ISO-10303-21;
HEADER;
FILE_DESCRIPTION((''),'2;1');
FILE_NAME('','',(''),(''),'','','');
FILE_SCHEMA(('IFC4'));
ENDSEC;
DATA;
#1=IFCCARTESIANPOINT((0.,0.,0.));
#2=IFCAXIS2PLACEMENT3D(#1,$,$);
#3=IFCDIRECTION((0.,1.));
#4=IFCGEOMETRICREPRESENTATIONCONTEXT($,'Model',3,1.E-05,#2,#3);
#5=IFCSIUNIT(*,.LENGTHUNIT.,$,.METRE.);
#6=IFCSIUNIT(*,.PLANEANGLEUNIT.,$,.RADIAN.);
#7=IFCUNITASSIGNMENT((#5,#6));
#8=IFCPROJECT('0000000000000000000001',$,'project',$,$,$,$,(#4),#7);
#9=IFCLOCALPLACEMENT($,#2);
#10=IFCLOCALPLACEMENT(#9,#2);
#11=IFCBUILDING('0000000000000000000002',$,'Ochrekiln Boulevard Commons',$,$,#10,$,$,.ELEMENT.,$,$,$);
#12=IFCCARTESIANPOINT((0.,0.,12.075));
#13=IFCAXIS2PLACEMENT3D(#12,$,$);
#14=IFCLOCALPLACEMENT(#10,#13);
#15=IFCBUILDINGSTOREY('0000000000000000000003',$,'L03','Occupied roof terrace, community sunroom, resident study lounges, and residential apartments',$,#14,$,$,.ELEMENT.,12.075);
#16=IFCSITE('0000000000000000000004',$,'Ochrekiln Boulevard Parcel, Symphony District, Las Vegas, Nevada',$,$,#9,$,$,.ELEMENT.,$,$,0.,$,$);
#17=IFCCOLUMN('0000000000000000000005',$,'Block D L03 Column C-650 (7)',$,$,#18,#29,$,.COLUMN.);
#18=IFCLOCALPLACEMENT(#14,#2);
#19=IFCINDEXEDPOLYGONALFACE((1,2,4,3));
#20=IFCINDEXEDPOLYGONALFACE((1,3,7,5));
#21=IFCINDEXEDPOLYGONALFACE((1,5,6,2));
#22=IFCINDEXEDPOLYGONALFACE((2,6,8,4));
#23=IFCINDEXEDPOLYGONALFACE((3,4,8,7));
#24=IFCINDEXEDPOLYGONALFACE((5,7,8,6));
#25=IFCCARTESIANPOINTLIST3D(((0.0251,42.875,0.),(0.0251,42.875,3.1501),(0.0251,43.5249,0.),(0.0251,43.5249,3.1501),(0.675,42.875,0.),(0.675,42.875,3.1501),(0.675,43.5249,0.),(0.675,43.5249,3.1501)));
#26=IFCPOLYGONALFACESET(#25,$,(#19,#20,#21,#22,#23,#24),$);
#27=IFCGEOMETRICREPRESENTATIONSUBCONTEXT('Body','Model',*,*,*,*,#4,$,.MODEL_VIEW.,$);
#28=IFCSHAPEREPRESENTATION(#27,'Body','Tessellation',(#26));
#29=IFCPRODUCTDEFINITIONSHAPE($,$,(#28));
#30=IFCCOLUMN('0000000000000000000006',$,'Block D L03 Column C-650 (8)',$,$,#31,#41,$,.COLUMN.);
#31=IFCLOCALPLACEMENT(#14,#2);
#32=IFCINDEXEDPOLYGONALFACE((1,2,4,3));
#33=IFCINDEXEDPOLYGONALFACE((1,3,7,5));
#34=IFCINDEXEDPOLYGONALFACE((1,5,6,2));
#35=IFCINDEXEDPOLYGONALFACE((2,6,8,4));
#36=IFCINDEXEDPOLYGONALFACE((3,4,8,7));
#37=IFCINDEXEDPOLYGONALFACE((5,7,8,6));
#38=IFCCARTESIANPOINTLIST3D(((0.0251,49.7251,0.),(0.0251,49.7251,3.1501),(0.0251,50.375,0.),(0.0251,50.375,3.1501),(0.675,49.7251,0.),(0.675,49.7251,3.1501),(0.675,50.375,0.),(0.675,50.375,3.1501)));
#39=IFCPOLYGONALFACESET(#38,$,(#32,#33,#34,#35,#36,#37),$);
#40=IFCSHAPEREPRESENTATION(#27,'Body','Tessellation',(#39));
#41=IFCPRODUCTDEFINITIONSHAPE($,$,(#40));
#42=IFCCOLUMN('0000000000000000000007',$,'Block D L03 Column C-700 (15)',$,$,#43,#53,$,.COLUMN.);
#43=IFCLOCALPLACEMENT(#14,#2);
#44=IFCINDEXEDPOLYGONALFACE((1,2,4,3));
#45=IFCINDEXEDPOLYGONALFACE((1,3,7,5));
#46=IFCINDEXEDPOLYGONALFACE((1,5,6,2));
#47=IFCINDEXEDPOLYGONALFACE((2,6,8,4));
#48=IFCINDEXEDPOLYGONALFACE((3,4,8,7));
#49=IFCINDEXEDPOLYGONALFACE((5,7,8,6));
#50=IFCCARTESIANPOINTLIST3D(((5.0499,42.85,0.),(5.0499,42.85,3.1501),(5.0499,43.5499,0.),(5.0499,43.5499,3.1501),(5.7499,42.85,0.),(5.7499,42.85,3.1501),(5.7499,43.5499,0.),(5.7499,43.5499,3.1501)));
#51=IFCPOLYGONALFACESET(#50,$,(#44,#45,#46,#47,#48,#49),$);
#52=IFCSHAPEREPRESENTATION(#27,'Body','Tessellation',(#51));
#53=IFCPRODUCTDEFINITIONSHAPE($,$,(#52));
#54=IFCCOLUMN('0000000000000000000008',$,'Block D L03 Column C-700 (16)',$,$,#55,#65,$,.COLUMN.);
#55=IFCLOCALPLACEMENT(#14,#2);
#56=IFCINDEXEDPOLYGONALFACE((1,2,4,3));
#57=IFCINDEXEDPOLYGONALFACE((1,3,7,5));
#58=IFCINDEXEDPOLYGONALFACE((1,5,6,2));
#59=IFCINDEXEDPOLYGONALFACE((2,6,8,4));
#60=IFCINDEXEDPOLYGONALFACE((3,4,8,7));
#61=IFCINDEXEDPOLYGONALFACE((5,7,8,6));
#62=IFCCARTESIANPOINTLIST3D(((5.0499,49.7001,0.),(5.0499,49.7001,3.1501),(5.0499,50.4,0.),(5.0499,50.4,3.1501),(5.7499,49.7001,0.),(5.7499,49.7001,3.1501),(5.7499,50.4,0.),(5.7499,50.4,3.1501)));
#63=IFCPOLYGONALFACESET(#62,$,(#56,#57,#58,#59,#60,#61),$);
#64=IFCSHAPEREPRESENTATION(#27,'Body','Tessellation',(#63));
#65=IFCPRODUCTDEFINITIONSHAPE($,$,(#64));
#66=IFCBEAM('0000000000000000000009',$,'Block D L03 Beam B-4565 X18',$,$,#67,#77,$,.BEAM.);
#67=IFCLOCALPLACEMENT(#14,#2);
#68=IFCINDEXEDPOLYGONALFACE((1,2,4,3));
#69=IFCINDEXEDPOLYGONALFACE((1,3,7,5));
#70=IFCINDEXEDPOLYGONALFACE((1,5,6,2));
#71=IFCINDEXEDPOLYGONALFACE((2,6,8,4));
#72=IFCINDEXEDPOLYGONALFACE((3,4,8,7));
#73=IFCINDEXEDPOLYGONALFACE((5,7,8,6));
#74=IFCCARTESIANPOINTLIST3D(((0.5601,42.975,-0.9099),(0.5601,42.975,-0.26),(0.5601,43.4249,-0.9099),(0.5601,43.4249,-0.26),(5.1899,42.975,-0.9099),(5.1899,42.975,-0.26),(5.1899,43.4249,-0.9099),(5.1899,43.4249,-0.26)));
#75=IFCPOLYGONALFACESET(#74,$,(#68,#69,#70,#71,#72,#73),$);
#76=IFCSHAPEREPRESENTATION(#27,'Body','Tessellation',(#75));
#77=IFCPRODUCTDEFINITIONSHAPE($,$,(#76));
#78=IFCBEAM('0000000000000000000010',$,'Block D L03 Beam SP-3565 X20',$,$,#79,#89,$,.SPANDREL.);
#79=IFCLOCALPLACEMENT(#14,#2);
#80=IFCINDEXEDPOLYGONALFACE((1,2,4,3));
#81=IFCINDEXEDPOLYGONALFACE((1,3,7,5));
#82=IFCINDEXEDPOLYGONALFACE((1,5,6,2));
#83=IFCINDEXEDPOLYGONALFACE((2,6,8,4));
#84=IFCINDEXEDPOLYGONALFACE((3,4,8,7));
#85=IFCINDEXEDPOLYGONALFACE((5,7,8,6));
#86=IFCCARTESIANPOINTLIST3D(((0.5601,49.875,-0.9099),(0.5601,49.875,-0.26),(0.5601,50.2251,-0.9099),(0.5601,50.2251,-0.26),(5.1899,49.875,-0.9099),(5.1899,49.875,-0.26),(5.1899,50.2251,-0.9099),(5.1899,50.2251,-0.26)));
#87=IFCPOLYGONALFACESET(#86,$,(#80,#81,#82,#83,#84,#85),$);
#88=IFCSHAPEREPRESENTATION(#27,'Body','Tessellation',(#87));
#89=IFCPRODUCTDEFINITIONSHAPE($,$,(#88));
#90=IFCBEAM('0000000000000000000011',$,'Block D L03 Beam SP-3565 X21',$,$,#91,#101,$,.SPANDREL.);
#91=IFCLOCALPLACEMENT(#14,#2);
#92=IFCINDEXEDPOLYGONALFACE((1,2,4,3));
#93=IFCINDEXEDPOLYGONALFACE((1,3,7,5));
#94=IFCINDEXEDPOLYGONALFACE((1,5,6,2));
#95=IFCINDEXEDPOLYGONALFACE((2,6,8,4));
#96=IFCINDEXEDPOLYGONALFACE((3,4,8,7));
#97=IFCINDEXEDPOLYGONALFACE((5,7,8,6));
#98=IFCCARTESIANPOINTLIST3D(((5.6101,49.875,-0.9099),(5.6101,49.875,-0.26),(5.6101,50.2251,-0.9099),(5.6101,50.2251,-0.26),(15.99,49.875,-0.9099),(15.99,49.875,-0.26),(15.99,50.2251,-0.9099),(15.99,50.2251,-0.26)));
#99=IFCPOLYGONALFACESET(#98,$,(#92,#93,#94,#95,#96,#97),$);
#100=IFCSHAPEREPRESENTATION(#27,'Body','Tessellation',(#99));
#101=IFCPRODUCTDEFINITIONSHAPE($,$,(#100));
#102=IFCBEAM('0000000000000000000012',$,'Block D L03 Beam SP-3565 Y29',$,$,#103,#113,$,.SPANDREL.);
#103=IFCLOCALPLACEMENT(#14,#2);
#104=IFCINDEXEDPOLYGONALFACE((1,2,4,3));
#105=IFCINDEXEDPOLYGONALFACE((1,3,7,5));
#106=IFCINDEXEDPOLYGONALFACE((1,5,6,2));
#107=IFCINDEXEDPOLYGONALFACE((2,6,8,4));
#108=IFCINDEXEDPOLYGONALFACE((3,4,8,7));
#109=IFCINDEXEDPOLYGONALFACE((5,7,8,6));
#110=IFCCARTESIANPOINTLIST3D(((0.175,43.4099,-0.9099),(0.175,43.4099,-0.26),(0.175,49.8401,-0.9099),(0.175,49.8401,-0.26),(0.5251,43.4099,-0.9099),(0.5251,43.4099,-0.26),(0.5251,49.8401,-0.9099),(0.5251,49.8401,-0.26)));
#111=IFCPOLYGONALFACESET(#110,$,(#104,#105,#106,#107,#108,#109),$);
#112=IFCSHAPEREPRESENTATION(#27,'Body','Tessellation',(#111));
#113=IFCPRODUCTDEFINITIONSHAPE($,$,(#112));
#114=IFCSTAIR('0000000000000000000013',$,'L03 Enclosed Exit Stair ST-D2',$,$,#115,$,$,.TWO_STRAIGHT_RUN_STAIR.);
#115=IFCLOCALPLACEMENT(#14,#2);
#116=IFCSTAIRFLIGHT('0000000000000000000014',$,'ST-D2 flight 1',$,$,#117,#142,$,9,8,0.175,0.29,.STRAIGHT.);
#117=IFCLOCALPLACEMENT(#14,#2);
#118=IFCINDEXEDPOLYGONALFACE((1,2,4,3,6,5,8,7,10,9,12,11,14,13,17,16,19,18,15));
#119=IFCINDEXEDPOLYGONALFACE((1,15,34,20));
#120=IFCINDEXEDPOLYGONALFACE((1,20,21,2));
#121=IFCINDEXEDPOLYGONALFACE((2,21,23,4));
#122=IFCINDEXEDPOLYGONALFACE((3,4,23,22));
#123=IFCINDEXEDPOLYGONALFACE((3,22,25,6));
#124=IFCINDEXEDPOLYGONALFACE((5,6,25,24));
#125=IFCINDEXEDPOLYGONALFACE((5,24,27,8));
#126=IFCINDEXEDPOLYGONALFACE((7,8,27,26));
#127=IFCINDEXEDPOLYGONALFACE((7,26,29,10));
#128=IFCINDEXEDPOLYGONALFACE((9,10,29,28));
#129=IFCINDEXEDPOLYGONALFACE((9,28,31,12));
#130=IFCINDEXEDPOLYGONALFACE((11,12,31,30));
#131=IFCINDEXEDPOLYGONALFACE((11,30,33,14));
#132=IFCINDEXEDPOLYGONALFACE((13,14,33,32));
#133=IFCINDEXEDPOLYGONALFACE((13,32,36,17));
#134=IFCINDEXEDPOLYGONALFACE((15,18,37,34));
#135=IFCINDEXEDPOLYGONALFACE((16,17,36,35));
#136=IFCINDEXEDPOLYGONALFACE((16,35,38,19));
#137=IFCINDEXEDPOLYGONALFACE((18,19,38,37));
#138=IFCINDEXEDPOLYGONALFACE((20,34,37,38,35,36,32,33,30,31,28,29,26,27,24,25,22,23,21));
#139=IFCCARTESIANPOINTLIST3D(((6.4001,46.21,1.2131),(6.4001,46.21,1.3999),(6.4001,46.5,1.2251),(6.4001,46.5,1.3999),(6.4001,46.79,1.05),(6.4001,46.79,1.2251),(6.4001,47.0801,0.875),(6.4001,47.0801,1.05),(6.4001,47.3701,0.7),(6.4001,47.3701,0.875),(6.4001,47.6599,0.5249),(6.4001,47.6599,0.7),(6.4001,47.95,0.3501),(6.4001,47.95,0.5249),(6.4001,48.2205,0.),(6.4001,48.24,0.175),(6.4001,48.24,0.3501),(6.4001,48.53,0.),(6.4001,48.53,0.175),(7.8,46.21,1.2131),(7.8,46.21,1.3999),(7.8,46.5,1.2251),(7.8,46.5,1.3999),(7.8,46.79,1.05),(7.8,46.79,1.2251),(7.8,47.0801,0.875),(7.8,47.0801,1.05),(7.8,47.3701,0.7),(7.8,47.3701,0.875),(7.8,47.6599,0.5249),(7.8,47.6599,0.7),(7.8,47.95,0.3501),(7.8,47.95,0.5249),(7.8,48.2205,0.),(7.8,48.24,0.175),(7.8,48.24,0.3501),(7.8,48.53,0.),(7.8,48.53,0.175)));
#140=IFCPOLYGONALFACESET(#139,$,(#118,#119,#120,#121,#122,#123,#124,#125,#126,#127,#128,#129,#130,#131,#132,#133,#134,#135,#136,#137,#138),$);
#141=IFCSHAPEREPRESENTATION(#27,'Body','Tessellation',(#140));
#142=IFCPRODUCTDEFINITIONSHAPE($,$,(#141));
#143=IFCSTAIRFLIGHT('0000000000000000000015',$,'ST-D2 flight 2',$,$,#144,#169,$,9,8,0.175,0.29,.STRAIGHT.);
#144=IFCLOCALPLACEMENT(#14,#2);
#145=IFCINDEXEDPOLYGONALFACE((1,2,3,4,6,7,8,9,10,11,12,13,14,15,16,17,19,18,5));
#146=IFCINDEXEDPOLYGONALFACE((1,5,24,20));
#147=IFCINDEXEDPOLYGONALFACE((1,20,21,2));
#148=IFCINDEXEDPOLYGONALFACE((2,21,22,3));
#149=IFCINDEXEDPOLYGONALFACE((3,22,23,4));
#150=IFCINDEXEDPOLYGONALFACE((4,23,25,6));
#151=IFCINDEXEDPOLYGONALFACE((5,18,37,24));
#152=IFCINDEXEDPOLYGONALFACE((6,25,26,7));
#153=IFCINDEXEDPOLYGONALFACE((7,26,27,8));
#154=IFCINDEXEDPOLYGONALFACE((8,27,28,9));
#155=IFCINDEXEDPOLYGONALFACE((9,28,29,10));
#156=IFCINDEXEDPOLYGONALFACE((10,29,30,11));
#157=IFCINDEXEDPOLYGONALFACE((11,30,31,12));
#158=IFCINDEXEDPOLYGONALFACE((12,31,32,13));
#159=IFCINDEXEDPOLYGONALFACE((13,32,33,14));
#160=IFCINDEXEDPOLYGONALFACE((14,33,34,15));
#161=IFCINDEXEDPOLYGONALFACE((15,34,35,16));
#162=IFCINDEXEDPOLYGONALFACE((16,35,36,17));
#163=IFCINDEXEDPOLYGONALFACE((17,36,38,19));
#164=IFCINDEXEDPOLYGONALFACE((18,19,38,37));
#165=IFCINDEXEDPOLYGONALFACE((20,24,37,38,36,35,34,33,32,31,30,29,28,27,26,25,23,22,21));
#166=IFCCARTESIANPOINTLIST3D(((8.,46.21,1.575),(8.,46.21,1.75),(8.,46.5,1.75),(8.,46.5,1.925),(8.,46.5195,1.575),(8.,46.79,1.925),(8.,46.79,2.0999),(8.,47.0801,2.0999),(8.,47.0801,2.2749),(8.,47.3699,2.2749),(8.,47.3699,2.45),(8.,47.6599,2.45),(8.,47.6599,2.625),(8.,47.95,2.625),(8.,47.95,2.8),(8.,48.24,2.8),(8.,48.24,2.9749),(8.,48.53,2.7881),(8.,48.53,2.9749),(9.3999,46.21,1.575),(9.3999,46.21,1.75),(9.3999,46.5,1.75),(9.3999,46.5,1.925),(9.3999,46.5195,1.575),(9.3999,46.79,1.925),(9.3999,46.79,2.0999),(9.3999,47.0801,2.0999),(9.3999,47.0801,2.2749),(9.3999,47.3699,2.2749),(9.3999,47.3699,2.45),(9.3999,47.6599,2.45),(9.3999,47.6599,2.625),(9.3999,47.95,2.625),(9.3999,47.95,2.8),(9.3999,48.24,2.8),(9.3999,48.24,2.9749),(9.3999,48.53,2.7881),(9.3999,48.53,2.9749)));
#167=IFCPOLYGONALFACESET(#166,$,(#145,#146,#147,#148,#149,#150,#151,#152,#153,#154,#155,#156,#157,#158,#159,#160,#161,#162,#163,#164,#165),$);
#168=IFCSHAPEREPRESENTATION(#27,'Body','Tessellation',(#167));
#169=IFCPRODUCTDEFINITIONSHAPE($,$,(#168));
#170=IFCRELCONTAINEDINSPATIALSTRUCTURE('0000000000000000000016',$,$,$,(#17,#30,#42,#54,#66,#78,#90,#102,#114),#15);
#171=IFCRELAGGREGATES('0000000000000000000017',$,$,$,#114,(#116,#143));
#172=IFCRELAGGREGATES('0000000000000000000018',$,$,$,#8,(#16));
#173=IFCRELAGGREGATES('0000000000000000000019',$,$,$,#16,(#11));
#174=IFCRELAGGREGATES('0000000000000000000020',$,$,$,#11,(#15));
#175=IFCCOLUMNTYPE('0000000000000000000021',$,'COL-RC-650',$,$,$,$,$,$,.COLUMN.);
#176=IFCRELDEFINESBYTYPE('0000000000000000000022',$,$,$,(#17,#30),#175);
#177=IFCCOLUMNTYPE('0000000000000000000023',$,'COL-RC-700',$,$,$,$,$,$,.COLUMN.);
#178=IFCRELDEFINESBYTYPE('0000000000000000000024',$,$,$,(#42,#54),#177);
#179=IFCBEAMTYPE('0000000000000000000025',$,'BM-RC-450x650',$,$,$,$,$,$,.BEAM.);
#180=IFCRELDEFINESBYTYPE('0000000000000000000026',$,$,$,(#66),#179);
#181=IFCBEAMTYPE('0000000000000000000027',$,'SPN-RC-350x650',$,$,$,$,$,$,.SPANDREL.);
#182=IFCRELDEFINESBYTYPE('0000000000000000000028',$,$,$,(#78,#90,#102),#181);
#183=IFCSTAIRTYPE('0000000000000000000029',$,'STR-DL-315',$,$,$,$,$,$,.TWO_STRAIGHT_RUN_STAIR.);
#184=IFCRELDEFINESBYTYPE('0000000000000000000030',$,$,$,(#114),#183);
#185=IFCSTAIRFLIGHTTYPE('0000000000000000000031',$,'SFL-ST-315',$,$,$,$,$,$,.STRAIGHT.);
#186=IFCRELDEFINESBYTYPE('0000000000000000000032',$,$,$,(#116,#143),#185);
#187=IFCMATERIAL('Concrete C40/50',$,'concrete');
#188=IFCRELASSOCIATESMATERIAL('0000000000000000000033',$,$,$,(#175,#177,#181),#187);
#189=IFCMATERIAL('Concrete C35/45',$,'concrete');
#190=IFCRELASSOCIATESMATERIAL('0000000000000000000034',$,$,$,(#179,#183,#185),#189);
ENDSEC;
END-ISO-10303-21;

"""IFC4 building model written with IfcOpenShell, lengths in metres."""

from ifc_helpers import new_model, si_unit, direction, frame, origin, origin_2d, place, context, subcontext, project, spatial, polyline, rectangle, outline, extrude, material, material_profile, profile_set, type_object, element, aggregate, save


model = new_model("IFC4")

# Units and contexts
model_context = context("Model", 3, precision=1e-05, world=origin(), true_north=direction((0.0, 1.0)))
body_context = subcontext(model_context, "Body", "Model", "MODEL_VIEW")
ifc_project = project(units=[si_unit("LENGTHUNIT", "METRE"), si_unit("PLANEANGLEUNIT", "RADIAN")], contexts=[model_context])

# Site, building, storey
site_placement = place(None, origin())
site = spatial("IfcSite", under=ifc_project, at=site_placement, Name="Ochrekiln Boulevard Parcel, Symphony District, Las Vegas, Nevada", CompositionType="ELEMENT", RefElevation=0.0)
building_placement = place(site_placement, origin())
building = spatial("IfcBuilding", under=site, at=building_placement, Name="Ochrekiln Boulevard Commons", CompositionType="ELEMENT")
storey_placement = place(building_placement, frame((0.0, 0.0, 12.075)))
storey = spatial("IfcBuildingStorey", under=building, at=storey_placement, Name="L03", Description="Occupied roof terrace, community sunroom, resident study lounges, and residential apartments", CompositionType="ELEMENT", Elevation=12.075)

# Columns
ifc_material_1 = material(Name="Concrete C40/50", Category="concrete")
ifc_material_profile_1 = material_profile(ifc_material_1, rectangle(XDim=0.6499, YDim=0.6499, at=origin_2d()), Name="RC-COL-650x650")
ifc_profile_set_1 = profile_set([ifc_material_profile_1], Name="Concrete C40/50")
column_type_1 = type_object("IfcColumnType", Name="COL-RC-650", PredefinedType="COLUMN", material=ifc_profile_set_1)
for number, where, z_axis, x_axis, name in (
    (1, (0.3501, 43.2, 0.0), (0.0, 0.0, 1.0), (1.0, 0.0, 0.0), "Block D L03 Column C-650 (7)"),
    (2, (0.3501, 50.05, 0.0), (0.0, 0.0, 1.0), (1.0, 0.0, 0.0), "Block D L03 Column C-650 (8)"),
):
    element("IfcColumn", number, at=place(storey_placement, frame(where, z_axis=z_axis, x_axis=x_axis)), inside=storey, type_object=column_type_1, Name=name, PredefinedType="COLUMN", context=body_context, shape_type="SweptSolid", body=[
        extrude(rectangle(XDim=0.6499, YDim=0.6499, at=origin_2d()), origin(), (0.0, 0.0, 1.0), 3.1501),
    ])
ifc_material_profile_2 = material_profile(ifc_material_1, rectangle(XDim=0.7, YDim=0.7, at=origin_2d()), Name="RC-COL-700x700")
ifc_profile_set_2 = profile_set([ifc_material_profile_2], Name="Concrete C40/50")
column_type_2 = type_object("IfcColumnType", Name="COL-RC-700", PredefinedType="COLUMN", material=ifc_profile_set_2)
for number, where, z_axis, x_axis, name in (
    (3, (5.3999, 43.2, 0.0), (0.0, 0.0, 1.0), (1.0, 0.0, 0.0), "Block D L03 Column C-700 (15)"),
    (4, (5.3999, 50.05, 0.0), (0.0, 0.0, 1.0), (1.0, 0.0, 0.0), "Block D L03 Column C-700 (16)"),
):
    element("IfcColumn", number, at=place(storey_placement, frame(where, z_axis=z_axis, x_axis=x_axis)), inside=storey, type_object=column_type_2, Name=name, PredefinedType="COLUMN", context=body_context, shape_type="SweptSolid", body=[
        extrude(rectangle(XDim=0.7, YDim=0.7, at=origin_2d()), origin(), (0.0, 0.0, 1.0), 3.1501),
    ])

# Beams
ifc_material_2 = material(Name="Concrete C35/45", Category="concrete")
ifc_material_profile_3 = material_profile(ifc_material_2, rectangle(XDim=0.45, YDim=0.6499, at=origin_2d()), Name="RC-BM-450x650")
ifc_profile_set_3 = profile_set([ifc_material_profile_3], Name="Concrete C35/45")
beam_type_1 = type_object("IfcBeamType", Name="BM-RC-450x650", PredefinedType="BEAM", material=ifc_profile_set_3)
beam_1_placement = place(storey_placement, frame((0.5601, 43.2, -0.585), z_axis=(1.0, 0.0, 0.0), x_axis=(0.0, 1.0, 0.0)))
element("IfcBeam", 5, at=beam_1_placement, inside=storey, type_object=beam_type_1, Name="Block D L03 Beam B-4565 X18", PredefinedType="BEAM", context=body_context, shape_type="SweptSolid", body=[
    extrude(rectangle(XDim=0.45, YDim=0.6499, at=origin_2d()), origin(), (0.0, 0.0, 1.0), 4.6299),
])
ifc_material_profile_4 = material_profile(ifc_material_1, rectangle(XDim=0.3501, YDim=0.6499, at=origin_2d()), Name="RC-SPN-350x650")
ifc_profile_set_4 = profile_set([ifc_material_profile_4], Name="Concrete C40/50")
beam_type_2 = type_object("IfcBeamType", Name="SPN-RC-350x650", PredefinedType="SPANDREL", material=ifc_profile_set_4)
beam_2_placement = place(storey_placement, frame((0.5601, 50.05, -0.585), z_axis=(1.0, 0.0, 0.0), x_axis=(0.0, 1.0, 0.0)))
element("IfcBeam", 6, at=beam_2_placement, inside=storey, type_object=beam_type_2, Name="Block D L03 Beam SP-3565 X20", PredefinedType="SPANDREL", context=body_context, shape_type="SweptSolid", body=[
    extrude(rectangle(XDim=0.3501, YDim=0.6499, at=origin_2d()), origin(), (0.0, 0.0, 1.0), 4.6299),
])
beam_3_placement = place(storey_placement, frame((5.6101, 50.05, -0.585), z_axis=(1.0, 0.0, 0.0), x_axis=(0.0, 1.0, 0.0)))
element("IfcBeam", 7, at=beam_3_placement, inside=storey, type_object=beam_type_2, Name="Block D L03 Beam SP-3565 X21", PredefinedType="SPANDREL", context=body_context, shape_type="SweptSolid", body=[
    extrude(rectangle(XDim=0.3501, YDim=0.6499, at=origin_2d()), origin(), (0.0, 0.0, 1.0), 10.3799),
])
beam_4_placement = place(storey_placement, frame((0.3501, 43.4099, -0.585), z_axis=(0.0, 1.0, 0.0), x_axis=(-1.0, 0.0, 0.0)))
element("IfcBeam", 8, at=beam_4_placement, inside=storey, type_object=beam_type_2, Name="Block D L03 Beam SP-3565 Y29", PredefinedType="SPANDREL", context=body_context, shape_type="SweptSolid", body=[
    extrude(rectangle(XDim=0.3501, YDim=0.6499, at=origin_2d()), origin(), (0.0, 0.0, 1.0), 6.4302),
])

# Stair, stair flights
stair_type = type_object("IfcStairType", Name="STR-DL-315", PredefinedType="TWO_STRAIGHT_RUN_STAIR", material=ifc_material_2)
stair_placement = place(storey_placement, origin())
stair = element("IfcStair", 9, at=stair_placement, inside=storey, type_object=stair_type, Name="L03 Enclosed Exit Stair ST-D2", PredefinedType="TWO_STRAIGHT_RUN_STAIR")
stair_flight_type = type_object("IfcStairFlightType", Name="SFL-ST-315", PredefinedType="STRAIGHT", material=ifc_material_2)
stair_flight_1_placement = place(storey_placement, frame((7.1001, 48.53, 0.0), z_axis=(0.0, 0.0, 1.0), x_axis=(0.0, -1.0, 0.0)))
stair_flight_1 = element("IfcStairFlight", 10, at=stair_flight_1_placement, type_object=stair_flight_type, Name="ST-D2 flight 1", NumberOfRisers=9, NumberOfTreads=8, PredefinedType="STRAIGHT", RiserHeight=0.175, TreadLength=0.29, context=body_context, shape_type="SweptSolid", body=[
    extrude(outline(polyline([(0.0, 0.0), (0.0, 0.175), (0.29, 0.175), (0.29, 0.3501), (0.5801, 0.3501), (0.5801, 0.5249), (0.8701, 0.5249), (0.8701, 0.7), (1.1599, 0.7), (1.1599, 0.875), (1.45, 0.875), (1.45, 1.05), (1.74, 1.05), (1.74, 1.2251), (2.03, 1.2251), (2.03, 1.3999), (2.3201, 1.3999), (2.3201, 1.575), (2.3201, 1.2131), (0.3096, 0.0), (0.0, 0.0)])), frame((0.0, 0.7, 0.0), z_axis=(0.0, -1.0, 0.0), x_axis=(1.0, 0.0, 0.0)), (0.0, 0.0, 1.0), 1.3999),
])
stair_flight_2_placement = place(storey_placement, frame((8.7, 46.21, 1.575), z_axis=(0.0, 0.0, 1.0), x_axis=(0.0, 1.0, 0.0)))
stair_flight_2 = element("IfcStairFlight", 11, at=stair_flight_2_placement, type_object=stair_flight_type, Name="ST-D2 flight 2", NumberOfRisers=9, NumberOfTreads=8, PredefinedType="STRAIGHT", RiserHeight=0.175, TreadLength=0.29, context=body_context, shape_type="SweptSolid", body=[
    extrude(outline(polyline([(0.0, 0.0), (0.0, 0.175), (0.29, 0.175), (0.29, 0.3501), (0.5801, 0.3501), (0.5801, 0.5249), (0.8701, 0.5249), (0.8701, 0.7), (1.1599, 0.7), (1.1599, 0.875), (1.45, 0.875), (1.45, 1.05), (1.74, 1.05), (1.74, 1.2251), (2.03, 1.2251), (2.03, 1.3999), (2.3201, 1.3999), (2.3201, 1.575), (2.3201, 1.2131), (0.3096, 0.0), (0.0, 0.0)])), frame((0.0, 0.7, 0.0), z_axis=(0.0, -1.0, 0.0), x_axis=(1.0, 0.0, 0.0)), (0.0, 0.0, 1.0), 1.3999),
])
aggregate(stair, [stair_flight_1, stair_flight_2])

save(model, "model.ifc")
